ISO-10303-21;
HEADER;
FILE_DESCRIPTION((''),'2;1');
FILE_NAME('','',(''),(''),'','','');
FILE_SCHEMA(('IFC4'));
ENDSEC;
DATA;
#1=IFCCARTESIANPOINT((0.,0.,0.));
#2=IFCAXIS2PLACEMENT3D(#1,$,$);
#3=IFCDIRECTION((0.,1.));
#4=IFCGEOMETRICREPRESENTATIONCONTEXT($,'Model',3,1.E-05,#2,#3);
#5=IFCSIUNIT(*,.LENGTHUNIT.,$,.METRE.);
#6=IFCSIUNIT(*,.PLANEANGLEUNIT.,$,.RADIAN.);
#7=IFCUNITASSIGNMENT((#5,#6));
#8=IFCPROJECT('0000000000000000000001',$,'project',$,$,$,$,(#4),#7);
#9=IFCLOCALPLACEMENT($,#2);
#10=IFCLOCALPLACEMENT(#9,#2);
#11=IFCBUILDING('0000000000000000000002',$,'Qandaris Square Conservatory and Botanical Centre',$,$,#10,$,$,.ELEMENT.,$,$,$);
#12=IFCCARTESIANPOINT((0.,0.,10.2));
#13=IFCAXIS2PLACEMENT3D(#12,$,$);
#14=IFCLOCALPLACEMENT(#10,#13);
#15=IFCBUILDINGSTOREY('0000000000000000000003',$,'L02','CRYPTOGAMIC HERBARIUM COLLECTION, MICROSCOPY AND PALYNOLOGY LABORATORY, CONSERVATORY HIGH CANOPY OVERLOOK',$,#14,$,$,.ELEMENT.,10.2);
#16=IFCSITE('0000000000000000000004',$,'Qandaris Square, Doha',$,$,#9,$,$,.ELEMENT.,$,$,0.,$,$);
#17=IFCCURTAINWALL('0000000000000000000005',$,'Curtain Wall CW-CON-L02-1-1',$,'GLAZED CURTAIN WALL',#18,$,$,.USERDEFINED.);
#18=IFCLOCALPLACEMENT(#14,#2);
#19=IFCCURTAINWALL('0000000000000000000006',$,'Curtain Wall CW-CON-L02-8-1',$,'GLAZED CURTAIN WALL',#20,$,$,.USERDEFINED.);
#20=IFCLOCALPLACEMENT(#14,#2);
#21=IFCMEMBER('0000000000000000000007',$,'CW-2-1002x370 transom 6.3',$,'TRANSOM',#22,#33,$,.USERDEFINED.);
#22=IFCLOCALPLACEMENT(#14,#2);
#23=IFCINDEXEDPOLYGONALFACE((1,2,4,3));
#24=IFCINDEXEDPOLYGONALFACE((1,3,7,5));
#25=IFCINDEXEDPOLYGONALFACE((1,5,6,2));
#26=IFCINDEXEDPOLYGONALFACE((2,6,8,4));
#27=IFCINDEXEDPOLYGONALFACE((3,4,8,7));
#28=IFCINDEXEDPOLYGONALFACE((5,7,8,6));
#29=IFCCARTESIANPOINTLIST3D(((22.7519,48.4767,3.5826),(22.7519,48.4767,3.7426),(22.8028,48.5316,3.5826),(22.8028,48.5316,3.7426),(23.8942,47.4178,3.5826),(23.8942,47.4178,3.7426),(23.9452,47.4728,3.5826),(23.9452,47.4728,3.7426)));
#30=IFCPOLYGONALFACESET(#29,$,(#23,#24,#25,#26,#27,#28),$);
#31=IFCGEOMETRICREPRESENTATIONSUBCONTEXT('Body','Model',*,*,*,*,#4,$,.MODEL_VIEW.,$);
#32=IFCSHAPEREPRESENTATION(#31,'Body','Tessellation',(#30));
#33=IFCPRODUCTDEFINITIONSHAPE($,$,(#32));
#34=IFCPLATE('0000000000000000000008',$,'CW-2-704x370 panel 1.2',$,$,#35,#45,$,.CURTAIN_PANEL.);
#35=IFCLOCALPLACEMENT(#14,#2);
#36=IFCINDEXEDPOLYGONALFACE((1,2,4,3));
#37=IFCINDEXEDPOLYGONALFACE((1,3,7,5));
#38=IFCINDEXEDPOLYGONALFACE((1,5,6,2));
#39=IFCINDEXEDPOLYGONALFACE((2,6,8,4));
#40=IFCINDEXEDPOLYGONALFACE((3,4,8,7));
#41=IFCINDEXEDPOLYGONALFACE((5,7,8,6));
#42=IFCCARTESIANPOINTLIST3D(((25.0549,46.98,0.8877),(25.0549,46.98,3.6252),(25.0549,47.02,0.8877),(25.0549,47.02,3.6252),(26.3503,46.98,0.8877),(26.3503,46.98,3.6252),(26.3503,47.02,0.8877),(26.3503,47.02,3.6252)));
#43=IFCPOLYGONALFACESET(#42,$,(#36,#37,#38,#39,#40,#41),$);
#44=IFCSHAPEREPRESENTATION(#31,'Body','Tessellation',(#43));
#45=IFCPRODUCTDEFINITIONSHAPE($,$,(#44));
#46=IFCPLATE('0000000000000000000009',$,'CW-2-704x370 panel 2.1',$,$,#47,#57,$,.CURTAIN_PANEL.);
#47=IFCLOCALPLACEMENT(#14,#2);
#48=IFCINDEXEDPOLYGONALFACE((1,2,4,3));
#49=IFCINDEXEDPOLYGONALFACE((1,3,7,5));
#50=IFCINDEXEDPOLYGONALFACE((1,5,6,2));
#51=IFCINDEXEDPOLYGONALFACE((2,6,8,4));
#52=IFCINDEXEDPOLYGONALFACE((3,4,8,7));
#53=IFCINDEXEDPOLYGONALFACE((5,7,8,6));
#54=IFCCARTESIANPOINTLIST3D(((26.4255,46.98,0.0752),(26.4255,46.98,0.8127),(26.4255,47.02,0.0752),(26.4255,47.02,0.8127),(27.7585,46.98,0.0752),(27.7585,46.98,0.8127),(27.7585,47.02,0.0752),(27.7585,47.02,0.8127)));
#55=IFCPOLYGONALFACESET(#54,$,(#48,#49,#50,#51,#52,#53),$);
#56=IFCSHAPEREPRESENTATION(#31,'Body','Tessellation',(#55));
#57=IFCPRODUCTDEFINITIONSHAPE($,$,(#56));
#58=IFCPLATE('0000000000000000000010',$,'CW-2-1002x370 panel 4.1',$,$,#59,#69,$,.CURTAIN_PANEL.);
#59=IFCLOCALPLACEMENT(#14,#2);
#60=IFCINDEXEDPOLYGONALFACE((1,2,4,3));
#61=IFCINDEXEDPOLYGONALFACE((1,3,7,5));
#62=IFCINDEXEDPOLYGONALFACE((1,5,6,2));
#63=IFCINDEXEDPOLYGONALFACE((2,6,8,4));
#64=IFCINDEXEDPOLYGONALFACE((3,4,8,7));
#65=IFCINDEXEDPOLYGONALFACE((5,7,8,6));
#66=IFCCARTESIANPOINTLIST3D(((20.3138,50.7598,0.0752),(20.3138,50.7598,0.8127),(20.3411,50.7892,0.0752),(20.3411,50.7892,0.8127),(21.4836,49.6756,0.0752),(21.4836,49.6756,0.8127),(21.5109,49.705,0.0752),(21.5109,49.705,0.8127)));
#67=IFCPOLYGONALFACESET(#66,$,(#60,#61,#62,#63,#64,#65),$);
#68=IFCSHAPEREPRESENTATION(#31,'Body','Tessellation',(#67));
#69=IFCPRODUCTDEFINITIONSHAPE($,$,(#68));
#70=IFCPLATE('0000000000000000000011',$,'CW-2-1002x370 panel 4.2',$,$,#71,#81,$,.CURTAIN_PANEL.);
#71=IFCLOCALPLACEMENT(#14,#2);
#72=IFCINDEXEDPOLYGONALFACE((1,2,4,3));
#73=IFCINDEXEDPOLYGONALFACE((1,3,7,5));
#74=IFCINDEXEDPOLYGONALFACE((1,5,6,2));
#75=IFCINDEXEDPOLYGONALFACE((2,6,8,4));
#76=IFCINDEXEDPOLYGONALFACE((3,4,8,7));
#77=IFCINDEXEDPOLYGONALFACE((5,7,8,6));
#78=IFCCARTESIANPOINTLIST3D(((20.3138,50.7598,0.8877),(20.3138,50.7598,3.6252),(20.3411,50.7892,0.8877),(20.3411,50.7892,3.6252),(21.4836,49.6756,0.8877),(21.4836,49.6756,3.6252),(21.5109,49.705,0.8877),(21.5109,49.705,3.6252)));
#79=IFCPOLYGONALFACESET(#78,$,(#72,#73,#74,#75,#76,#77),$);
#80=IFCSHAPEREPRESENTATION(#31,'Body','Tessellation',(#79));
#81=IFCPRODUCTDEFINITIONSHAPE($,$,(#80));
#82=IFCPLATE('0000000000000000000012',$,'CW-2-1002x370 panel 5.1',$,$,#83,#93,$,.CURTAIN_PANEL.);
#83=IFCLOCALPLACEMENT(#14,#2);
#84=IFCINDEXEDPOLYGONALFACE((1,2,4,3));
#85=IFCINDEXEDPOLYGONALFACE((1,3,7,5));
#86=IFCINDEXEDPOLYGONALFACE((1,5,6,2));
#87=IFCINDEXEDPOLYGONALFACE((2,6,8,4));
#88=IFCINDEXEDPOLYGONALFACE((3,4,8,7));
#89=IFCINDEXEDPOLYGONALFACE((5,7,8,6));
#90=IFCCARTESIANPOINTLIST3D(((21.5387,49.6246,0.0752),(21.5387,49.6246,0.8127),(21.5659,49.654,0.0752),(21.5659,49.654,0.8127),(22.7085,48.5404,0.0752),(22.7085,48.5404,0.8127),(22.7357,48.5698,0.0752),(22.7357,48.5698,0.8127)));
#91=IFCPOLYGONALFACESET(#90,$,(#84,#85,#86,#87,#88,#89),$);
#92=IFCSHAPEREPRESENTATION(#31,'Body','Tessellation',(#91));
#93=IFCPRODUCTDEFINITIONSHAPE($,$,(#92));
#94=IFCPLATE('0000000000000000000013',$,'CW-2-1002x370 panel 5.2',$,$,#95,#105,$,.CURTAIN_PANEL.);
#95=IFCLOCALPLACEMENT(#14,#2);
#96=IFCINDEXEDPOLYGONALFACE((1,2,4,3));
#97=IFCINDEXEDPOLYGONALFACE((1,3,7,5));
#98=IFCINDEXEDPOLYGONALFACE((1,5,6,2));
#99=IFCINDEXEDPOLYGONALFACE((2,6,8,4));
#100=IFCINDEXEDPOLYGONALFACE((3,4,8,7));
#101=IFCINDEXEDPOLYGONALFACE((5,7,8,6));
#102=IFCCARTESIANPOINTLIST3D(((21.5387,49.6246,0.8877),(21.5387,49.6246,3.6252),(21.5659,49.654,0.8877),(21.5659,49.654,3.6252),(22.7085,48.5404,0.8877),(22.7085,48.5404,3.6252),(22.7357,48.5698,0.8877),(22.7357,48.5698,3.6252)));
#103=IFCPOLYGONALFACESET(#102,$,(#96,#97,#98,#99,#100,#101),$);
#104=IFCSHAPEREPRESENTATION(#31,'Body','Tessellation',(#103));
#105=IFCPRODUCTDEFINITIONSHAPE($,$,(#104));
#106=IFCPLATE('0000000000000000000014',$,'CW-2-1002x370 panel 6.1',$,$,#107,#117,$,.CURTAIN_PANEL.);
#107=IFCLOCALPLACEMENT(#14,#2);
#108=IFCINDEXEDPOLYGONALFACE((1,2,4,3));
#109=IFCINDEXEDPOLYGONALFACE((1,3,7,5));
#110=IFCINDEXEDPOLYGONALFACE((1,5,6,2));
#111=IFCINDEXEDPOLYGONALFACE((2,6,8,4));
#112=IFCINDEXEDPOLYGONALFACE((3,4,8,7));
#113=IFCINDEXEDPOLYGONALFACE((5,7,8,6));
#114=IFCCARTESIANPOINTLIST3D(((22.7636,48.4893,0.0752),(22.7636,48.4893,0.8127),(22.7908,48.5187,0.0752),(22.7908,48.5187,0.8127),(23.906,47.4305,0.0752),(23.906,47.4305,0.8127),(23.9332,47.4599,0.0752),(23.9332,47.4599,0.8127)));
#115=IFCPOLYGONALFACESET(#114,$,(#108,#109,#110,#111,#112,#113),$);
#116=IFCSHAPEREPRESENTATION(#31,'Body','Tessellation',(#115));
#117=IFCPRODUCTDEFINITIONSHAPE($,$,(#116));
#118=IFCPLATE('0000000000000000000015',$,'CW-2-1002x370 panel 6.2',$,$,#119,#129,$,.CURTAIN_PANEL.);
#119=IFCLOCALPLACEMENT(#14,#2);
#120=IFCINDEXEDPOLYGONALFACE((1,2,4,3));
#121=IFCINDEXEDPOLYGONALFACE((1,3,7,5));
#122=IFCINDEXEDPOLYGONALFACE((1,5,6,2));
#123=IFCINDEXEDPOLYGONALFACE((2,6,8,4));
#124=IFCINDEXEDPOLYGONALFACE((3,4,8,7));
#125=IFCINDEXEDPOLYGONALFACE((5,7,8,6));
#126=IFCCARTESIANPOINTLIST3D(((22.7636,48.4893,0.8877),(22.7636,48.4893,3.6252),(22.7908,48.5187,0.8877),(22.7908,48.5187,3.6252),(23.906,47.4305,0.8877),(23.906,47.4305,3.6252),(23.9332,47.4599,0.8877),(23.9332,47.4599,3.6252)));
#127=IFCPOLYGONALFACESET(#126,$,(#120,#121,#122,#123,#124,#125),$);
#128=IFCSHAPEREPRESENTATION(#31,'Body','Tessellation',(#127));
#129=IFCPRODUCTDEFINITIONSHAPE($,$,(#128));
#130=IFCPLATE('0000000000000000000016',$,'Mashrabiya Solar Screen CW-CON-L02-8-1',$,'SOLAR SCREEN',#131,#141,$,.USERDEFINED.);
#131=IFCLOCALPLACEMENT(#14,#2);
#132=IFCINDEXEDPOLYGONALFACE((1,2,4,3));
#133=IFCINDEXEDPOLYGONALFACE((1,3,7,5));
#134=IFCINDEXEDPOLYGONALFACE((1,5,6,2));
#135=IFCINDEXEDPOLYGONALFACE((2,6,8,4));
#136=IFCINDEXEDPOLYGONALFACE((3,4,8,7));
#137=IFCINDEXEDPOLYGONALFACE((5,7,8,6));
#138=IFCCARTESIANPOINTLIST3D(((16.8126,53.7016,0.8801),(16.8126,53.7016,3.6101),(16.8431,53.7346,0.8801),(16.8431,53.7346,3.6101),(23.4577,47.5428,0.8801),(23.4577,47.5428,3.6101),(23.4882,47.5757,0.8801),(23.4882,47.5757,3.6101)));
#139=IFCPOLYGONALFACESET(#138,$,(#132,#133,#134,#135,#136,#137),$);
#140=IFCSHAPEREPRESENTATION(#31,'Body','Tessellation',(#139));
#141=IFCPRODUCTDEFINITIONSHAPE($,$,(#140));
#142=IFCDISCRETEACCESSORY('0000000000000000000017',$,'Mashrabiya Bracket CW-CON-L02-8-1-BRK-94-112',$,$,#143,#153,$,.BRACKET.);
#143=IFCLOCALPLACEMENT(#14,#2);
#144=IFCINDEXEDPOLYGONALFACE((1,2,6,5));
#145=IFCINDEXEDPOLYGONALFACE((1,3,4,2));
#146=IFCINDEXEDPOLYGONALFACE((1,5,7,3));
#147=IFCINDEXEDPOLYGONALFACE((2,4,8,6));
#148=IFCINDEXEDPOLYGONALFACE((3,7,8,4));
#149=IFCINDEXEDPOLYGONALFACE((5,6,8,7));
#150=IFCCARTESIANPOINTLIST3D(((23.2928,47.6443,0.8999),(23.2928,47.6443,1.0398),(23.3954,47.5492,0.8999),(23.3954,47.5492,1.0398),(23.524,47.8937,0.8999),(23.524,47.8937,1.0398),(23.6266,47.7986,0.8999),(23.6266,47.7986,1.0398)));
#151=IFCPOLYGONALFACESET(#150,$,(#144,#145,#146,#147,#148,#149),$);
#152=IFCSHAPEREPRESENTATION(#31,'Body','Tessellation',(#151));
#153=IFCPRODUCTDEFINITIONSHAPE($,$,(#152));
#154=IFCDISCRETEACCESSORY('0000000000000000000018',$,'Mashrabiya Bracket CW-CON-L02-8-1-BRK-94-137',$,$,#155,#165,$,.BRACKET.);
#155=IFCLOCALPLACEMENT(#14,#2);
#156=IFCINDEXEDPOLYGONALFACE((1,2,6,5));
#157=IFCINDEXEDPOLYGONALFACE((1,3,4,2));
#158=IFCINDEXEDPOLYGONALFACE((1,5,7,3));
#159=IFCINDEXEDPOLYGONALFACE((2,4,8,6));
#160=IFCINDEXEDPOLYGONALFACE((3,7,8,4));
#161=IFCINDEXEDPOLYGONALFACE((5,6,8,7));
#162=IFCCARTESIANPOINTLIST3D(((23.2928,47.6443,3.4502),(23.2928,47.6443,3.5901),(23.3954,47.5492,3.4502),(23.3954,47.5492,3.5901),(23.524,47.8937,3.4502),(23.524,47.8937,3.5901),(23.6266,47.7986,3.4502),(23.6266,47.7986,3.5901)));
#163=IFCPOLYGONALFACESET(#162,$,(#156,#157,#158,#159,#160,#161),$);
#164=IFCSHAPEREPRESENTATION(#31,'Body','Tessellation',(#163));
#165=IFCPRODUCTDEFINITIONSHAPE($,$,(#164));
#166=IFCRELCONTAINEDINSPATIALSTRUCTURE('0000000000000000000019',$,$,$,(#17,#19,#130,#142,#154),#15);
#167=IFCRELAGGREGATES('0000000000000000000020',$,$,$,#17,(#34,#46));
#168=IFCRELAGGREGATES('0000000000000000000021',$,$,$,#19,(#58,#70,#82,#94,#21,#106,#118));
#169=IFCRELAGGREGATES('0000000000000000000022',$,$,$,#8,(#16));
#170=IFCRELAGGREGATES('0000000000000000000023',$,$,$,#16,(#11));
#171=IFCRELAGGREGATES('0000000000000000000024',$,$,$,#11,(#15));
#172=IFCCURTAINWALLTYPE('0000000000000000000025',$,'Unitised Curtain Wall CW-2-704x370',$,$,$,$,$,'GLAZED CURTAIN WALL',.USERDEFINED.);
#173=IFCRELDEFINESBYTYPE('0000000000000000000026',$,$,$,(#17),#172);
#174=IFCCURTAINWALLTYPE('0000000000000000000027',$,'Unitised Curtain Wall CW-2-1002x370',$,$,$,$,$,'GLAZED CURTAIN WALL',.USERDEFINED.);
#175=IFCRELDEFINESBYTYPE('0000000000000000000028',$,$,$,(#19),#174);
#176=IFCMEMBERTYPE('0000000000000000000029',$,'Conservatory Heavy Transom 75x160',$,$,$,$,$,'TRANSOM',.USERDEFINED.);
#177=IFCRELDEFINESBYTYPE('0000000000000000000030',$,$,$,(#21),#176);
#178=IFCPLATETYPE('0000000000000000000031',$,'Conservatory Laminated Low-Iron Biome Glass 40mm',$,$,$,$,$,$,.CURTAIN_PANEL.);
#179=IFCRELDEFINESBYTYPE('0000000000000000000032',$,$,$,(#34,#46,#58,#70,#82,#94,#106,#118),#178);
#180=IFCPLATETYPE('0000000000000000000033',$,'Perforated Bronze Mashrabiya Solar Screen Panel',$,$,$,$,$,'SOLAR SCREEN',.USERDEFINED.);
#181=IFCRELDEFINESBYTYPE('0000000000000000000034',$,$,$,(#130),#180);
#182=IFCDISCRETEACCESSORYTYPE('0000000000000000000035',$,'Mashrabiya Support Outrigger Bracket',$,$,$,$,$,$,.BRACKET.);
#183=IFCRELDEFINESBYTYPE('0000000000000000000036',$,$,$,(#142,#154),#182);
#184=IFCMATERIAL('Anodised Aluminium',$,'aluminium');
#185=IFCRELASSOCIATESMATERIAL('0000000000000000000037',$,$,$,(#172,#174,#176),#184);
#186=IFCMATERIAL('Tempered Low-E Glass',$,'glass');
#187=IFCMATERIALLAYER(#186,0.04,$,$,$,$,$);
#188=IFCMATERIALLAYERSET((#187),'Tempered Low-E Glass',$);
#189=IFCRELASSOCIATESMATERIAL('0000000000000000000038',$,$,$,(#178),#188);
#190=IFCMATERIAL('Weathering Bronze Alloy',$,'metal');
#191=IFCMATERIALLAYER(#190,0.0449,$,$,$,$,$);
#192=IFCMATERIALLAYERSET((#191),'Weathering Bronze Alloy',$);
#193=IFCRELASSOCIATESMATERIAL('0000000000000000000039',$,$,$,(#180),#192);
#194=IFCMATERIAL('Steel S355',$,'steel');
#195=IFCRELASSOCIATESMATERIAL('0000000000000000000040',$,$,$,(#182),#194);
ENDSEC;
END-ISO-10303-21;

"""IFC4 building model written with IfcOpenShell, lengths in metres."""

from ifc_helpers import new_model, si_unit, direction, frame, origin, origin_2d, place, context, subcontext, project, spatial, rectangle, extrude, material, layer, layer_set, material_profile, profile_set, type_object, element, aggregate, save


model = new_model("IFC4")

# Units and contexts
model_context = context("Model", 3, precision=1e-05, world=origin(), true_north=direction((0.0, 1.0)))
body_context = subcontext(model_context, "Body", "Model", "MODEL_VIEW")
ifc_project = project(units=[si_unit("LENGTHUNIT", "METRE"), si_unit("PLANEANGLEUNIT", "RADIAN")], contexts=[model_context])

# Site, building, storey
site_placement = place(None, origin())
site = spatial("IfcSite", under=ifc_project, at=site_placement, Name="Qandaris Square, Doha", CompositionType="ELEMENT", RefElevation=0.0)
building_placement = place(site_placement, origin())
building = spatial("IfcBuilding", under=site, at=building_placement, Name="Qandaris Square Conservatory and Botanical Centre", CompositionType="ELEMENT")
storey_placement = place(building_placement, frame((0.0, 0.0, 10.2)))
storey = spatial("IfcBuildingStorey", under=building, at=storey_placement, Name="L02", Description="CRYPTOGAMIC HERBARIUM COLLECTION, MICROSCOPY AND PALYNOLOGY LABORATORY, CONSERVATORY HIGH CANOPY OVERLOOK", CompositionType="ELEMENT", Elevation=10.2)

# Curtain wall
ifc_material_1 = material(Name="Anodised Aluminium", Category="aluminium")
curtain_wall_type_1 = type_object("IfcCurtainWallType", Name="Unitised Curtain Wall CW-2-704x370", ElementType="GLAZED CURTAIN WALL", PredefinedType="USERDEFINED", material=ifc_material_1)
curtain_wall_1_placement = place(storey_placement, origin())
curtain_wall_1 = element("IfcCurtainWall", 1, at=curtain_wall_1_placement, inside=storey, type_object=curtain_wall_type_1, Name="Curtain Wall CW-CON-L02-1-1", ObjectType="GLAZED CURTAIN WALL", PredefinedType="USERDEFINED")

# Curtain wall
curtain_wall_type_2 = type_object("IfcCurtainWallType", Name="Unitised Curtain Wall CW-2-1002x370", ElementType="GLAZED CURTAIN WALL", PredefinedType="USERDEFINED", material=ifc_material_1)
curtain_wall_2_placement = place(storey_placement, origin())
curtain_wall_2 = element("IfcCurtainWall", 2, at=curtain_wall_2_placement, inside=storey, type_object=curtain_wall_type_2, Name="Curtain Wall CW-CON-L02-8-1", ObjectType="GLAZED CURTAIN WALL", PredefinedType="USERDEFINED")

# Member
ifc_material_profile_1 = material_profile(ifc_material_1, rectangle(XDim=0.075, YDim=0.1599, at=origin_2d()), Name="ALU-TRN 75x160")
ifc_profile_set_1 = profile_set([ifc_material_profile_1], Name="Anodised Aluminium")
member_type_1 = type_object("IfcMemberType", Name="Conservatory Heavy Transom 75x160", ElementType="TRANSOM", PredefinedType="USERDEFINED", material=ifc_profile_set_1)
member_1_placement = place(storey_placement, frame((22.7773, 48.5042, 3.6626), z_axis=(0.733402, -0.679796, 0.0), x_axis=(0.679796, 0.733402, 0.0)))
member_1 = element("IfcMember", 3, at=member_1_placement, type_object=member_type_1, Name="CW-2-1002x370 transom 6.3", ObjectType="TRANSOM", PredefinedType="USERDEFINED", context=body_context, shape_type="SweptSolid", body=[
    extrude(rectangle(XDim=0.075, YDim=0.1599, at=origin_2d()), origin(), (0.0, 0.0, 1.0), 1.5576),
])

# Plates
ifc_material_2 = material(Name="Tempered Low-E Glass", Category="glass")
ifc_layer_1 = layer(ifc_material_2, 0.04)
ifc_layer_set_1 = layer_set([ifc_layer_1], Name="Tempered Low-E Glass")
plate_type_1 = type_object("IfcPlateType", Name="Conservatory Laminated Low-Iron Biome Glass 40mm", PredefinedType="CURTAIN_PANEL", material=ifc_layer_set_1)
plate_1_placement = place(storey_placement, frame((25.7026, 47.0, 0.8877), z_axis=(0.0, 0.0, 1.0), x_axis=(1.0, 0.0, 0.0)))
plate_1 = element("IfcPlate", 4, at=plate_1_placement, type_object=plate_type_1, Name="CW-2-704x370 panel 1.2", PredefinedType="CURTAIN_PANEL", context=body_context, shape_type="SweptSolid", body=[
    extrude(rectangle(XDim=1.2954, YDim=0.04, at=origin_2d()), origin(), (0.0, 0.0, 1.0), 2.7375),
])
plate_2_placement = place(storey_placement, frame((27.092, 47.0, 0.0752), z_axis=(0.0, 0.0, 1.0), x_axis=(1.0, 0.0, 0.0)))
plate_2 = element("IfcPlate", 5, at=plate_2_placement, type_object=plate_type_1, Name="CW-2-704x370 panel 2.1", PredefinedType="CURTAIN_PANEL", context=body_context, shape_type="SweptSolid", body=[
    extrude(rectangle(XDim=1.333, YDim=0.04, at=origin_2d()), origin(), (0.0, 0.0, 1.0), 0.7375),
])
aggregate(curtain_wall_1, [plate_1, plate_2])
plate_3_placement = place(storey_placement, frame((20.9124, 50.2324, 0.0752), z_axis=(0.0, 0.0, 1.0), x_axis=(0.733433, -0.679762, 0.0)))
plate_3 = element("IfcPlate", 6, at=plate_3_placement, type_object=plate_type_1, Name="CW-2-1002x370 panel 4.1", PredefinedType="CURTAIN_PANEL", context=body_context, shape_type="SweptSolid", body=[
    extrude(rectangle(XDim=1.595, YDim=0.04, at=origin_2d()), origin(), (0.0, 0.0, 1.0), 0.7375),
])
plate_4_placement = place(storey_placement, frame((20.9124, 50.2324, 0.8877), z_axis=(0.0, 0.0, 1.0), x_axis=(0.733433, -0.679762, 0.0)))
plate_4 = element("IfcPlate", 7, at=plate_4_placement, type_object=plate_type_1, Name="CW-2-1002x370 panel 4.2", PredefinedType="CURTAIN_PANEL", context=body_context, shape_type="SweptSolid", body=[
    extrude(rectangle(XDim=1.595, YDim=0.04, at=origin_2d()), origin(), (0.0, 0.0, 1.0), 2.7375),
])
plate_5_placement = place(storey_placement, frame((22.1372, 49.0972, 0.0752), z_axis=(0.0, 0.0, 1.0), x_axis=(0.733433, -0.679762, 0.0)))
plate_5 = element("IfcPlate", 8, at=plate_5_placement, type_object=plate_type_1, Name="CW-2-1002x370 panel 5.1", PredefinedType="CURTAIN_PANEL", context=body_context, shape_type="SweptSolid", body=[
    extrude(rectangle(XDim=1.595, YDim=0.04, at=origin_2d()), origin(), (0.0, 0.0, 1.0), 0.7375),
])
plate_6_placement = place(storey_placement, frame((22.1372, 49.0972, 0.8877), z_axis=(0.0, 0.0, 1.0), x_axis=(0.733433, -0.679762, 0.0)))
plate_6 = element("IfcPlate", 9, at=plate_6_placement, type_object=plate_type_1, Name="CW-2-1002x370 panel 5.2", PredefinedType="CURTAIN_PANEL", context=body_context, shape_type="SweptSolid", body=[
    extrude(rectangle(XDim=1.595, YDim=0.04, at=origin_2d()), origin(), (0.0, 0.0, 1.0), 2.7375),
])
plate_7_placement = place(storey_placement, frame((23.3484, 47.9746, 0.0752), z_axis=(0.0, 0.0, 1.0), x_axis=(0.733433, -0.679762, 0.0)))
plate_7 = element("IfcPlate", 10, at=plate_7_placement, type_object=plate_type_1, Name="CW-2-1002x370 panel 6.1", PredefinedType="CURTAIN_PANEL", context=body_context, shape_type="SweptSolid", body=[
    extrude(rectangle(XDim=1.5576, YDim=0.04, at=origin_2d()), origin(), (0.0, 0.0, 1.0), 0.7375),
])
plate_8_placement = place(storey_placement, frame((23.3484, 47.9746, 0.8877), z_axis=(0.0, 0.0, 1.0), x_axis=(0.733433, -0.679762, 0.0)))
plate_8 = element("IfcPlate", 11, at=plate_8_placement, type_object=plate_type_1, Name="CW-2-1002x370 panel 6.2", PredefinedType="CURTAIN_PANEL", context=body_context, shape_type="SweptSolid", body=[
    extrude(rectangle(XDim=1.5576, YDim=0.04, at=origin_2d()), origin(), (0.0, 0.0, 1.0), 2.7375),
])
aggregate(curtain_wall_2, [plate_3, plate_4, plate_5, plate_6, member_1, plate_7, plate_8])
ifc_material_3 = material(Name="Weathering Bronze Alloy", Category="metal")
ifc_layer_2 = layer(ifc_material_3, 0.0449)
ifc_layer_set_2 = layer_set([ifc_layer_2], Name="Weathering Bronze Alloy")
plate_type_2 = type_object("IfcPlateType", Name="Perforated Bronze Mashrabiya Solar Screen Panel", ElementType="SOLAR SCREEN", PredefinedType="USERDEFINED", material=ifc_layer_set_2)
plate_9_placement = place(storey_placement, frame((20.1504, 50.6387, 0.8801), z_axis=(0.0, 0.0, 1.0), x_axis=(0.733433, -0.679762, 0.0)))
element("IfcPlate", 12, at=plate_9_placement, inside=storey, type_object=plate_type_2, Name="Mashrabiya Solar Screen CW-CON-L02-8-1", ObjectType="SOLAR SCREEN", PredefinedType="USERDEFINED", context=body_context, shape_type="SweptSolid", body=[
    extrude(rectangle(XDim=9.0603, YDim=0.0449, at=origin_2d()), origin(), (0.0, 0.0, 1.0), 2.73),
])

# Discrete accessories
ifc_material_4 = material(Name="Steel S355", Category="steel")
discrete_accessory_type = type_object("IfcDiscreteAccessoryType", Name="Mashrabiya Support Outrigger Bracket", PredefinedType="BRACKET", material=ifc_material_4)
for number, where, z_axis, x_axis, name in (
    (13, (23.4597, 47.7214, 0.8999), (0.0, 0.0, 1.0), (0.733433, -0.679762, 0.0), "Mashrabiya Bracket CW-CON-L02-8-1-BRK-94-112"),
    (14, (23.4597, 47.7214, 3.4502), (0.0, 0.0, 1.0), (0.733433, -0.679762, 0.0), "Mashrabiya Bracket CW-CON-L02-8-1-BRK-94-137"),
):
    element("IfcDiscreteAccessory", number, at=place(storey_placement, frame(where, z_axis=z_axis, x_axis=x_axis)), inside=storey, type_object=discrete_accessory_type, Name=name, PredefinedType="BRACKET", context=body_context, shape_type="SweptSolid", body=[
        extrude(rectangle(XDim=0.1399, YDim=0.3401, at=origin_2d()), origin(), (0.0, 0.0, 1.0), 0.1399),
    ])

save(model, "model.ifc")
